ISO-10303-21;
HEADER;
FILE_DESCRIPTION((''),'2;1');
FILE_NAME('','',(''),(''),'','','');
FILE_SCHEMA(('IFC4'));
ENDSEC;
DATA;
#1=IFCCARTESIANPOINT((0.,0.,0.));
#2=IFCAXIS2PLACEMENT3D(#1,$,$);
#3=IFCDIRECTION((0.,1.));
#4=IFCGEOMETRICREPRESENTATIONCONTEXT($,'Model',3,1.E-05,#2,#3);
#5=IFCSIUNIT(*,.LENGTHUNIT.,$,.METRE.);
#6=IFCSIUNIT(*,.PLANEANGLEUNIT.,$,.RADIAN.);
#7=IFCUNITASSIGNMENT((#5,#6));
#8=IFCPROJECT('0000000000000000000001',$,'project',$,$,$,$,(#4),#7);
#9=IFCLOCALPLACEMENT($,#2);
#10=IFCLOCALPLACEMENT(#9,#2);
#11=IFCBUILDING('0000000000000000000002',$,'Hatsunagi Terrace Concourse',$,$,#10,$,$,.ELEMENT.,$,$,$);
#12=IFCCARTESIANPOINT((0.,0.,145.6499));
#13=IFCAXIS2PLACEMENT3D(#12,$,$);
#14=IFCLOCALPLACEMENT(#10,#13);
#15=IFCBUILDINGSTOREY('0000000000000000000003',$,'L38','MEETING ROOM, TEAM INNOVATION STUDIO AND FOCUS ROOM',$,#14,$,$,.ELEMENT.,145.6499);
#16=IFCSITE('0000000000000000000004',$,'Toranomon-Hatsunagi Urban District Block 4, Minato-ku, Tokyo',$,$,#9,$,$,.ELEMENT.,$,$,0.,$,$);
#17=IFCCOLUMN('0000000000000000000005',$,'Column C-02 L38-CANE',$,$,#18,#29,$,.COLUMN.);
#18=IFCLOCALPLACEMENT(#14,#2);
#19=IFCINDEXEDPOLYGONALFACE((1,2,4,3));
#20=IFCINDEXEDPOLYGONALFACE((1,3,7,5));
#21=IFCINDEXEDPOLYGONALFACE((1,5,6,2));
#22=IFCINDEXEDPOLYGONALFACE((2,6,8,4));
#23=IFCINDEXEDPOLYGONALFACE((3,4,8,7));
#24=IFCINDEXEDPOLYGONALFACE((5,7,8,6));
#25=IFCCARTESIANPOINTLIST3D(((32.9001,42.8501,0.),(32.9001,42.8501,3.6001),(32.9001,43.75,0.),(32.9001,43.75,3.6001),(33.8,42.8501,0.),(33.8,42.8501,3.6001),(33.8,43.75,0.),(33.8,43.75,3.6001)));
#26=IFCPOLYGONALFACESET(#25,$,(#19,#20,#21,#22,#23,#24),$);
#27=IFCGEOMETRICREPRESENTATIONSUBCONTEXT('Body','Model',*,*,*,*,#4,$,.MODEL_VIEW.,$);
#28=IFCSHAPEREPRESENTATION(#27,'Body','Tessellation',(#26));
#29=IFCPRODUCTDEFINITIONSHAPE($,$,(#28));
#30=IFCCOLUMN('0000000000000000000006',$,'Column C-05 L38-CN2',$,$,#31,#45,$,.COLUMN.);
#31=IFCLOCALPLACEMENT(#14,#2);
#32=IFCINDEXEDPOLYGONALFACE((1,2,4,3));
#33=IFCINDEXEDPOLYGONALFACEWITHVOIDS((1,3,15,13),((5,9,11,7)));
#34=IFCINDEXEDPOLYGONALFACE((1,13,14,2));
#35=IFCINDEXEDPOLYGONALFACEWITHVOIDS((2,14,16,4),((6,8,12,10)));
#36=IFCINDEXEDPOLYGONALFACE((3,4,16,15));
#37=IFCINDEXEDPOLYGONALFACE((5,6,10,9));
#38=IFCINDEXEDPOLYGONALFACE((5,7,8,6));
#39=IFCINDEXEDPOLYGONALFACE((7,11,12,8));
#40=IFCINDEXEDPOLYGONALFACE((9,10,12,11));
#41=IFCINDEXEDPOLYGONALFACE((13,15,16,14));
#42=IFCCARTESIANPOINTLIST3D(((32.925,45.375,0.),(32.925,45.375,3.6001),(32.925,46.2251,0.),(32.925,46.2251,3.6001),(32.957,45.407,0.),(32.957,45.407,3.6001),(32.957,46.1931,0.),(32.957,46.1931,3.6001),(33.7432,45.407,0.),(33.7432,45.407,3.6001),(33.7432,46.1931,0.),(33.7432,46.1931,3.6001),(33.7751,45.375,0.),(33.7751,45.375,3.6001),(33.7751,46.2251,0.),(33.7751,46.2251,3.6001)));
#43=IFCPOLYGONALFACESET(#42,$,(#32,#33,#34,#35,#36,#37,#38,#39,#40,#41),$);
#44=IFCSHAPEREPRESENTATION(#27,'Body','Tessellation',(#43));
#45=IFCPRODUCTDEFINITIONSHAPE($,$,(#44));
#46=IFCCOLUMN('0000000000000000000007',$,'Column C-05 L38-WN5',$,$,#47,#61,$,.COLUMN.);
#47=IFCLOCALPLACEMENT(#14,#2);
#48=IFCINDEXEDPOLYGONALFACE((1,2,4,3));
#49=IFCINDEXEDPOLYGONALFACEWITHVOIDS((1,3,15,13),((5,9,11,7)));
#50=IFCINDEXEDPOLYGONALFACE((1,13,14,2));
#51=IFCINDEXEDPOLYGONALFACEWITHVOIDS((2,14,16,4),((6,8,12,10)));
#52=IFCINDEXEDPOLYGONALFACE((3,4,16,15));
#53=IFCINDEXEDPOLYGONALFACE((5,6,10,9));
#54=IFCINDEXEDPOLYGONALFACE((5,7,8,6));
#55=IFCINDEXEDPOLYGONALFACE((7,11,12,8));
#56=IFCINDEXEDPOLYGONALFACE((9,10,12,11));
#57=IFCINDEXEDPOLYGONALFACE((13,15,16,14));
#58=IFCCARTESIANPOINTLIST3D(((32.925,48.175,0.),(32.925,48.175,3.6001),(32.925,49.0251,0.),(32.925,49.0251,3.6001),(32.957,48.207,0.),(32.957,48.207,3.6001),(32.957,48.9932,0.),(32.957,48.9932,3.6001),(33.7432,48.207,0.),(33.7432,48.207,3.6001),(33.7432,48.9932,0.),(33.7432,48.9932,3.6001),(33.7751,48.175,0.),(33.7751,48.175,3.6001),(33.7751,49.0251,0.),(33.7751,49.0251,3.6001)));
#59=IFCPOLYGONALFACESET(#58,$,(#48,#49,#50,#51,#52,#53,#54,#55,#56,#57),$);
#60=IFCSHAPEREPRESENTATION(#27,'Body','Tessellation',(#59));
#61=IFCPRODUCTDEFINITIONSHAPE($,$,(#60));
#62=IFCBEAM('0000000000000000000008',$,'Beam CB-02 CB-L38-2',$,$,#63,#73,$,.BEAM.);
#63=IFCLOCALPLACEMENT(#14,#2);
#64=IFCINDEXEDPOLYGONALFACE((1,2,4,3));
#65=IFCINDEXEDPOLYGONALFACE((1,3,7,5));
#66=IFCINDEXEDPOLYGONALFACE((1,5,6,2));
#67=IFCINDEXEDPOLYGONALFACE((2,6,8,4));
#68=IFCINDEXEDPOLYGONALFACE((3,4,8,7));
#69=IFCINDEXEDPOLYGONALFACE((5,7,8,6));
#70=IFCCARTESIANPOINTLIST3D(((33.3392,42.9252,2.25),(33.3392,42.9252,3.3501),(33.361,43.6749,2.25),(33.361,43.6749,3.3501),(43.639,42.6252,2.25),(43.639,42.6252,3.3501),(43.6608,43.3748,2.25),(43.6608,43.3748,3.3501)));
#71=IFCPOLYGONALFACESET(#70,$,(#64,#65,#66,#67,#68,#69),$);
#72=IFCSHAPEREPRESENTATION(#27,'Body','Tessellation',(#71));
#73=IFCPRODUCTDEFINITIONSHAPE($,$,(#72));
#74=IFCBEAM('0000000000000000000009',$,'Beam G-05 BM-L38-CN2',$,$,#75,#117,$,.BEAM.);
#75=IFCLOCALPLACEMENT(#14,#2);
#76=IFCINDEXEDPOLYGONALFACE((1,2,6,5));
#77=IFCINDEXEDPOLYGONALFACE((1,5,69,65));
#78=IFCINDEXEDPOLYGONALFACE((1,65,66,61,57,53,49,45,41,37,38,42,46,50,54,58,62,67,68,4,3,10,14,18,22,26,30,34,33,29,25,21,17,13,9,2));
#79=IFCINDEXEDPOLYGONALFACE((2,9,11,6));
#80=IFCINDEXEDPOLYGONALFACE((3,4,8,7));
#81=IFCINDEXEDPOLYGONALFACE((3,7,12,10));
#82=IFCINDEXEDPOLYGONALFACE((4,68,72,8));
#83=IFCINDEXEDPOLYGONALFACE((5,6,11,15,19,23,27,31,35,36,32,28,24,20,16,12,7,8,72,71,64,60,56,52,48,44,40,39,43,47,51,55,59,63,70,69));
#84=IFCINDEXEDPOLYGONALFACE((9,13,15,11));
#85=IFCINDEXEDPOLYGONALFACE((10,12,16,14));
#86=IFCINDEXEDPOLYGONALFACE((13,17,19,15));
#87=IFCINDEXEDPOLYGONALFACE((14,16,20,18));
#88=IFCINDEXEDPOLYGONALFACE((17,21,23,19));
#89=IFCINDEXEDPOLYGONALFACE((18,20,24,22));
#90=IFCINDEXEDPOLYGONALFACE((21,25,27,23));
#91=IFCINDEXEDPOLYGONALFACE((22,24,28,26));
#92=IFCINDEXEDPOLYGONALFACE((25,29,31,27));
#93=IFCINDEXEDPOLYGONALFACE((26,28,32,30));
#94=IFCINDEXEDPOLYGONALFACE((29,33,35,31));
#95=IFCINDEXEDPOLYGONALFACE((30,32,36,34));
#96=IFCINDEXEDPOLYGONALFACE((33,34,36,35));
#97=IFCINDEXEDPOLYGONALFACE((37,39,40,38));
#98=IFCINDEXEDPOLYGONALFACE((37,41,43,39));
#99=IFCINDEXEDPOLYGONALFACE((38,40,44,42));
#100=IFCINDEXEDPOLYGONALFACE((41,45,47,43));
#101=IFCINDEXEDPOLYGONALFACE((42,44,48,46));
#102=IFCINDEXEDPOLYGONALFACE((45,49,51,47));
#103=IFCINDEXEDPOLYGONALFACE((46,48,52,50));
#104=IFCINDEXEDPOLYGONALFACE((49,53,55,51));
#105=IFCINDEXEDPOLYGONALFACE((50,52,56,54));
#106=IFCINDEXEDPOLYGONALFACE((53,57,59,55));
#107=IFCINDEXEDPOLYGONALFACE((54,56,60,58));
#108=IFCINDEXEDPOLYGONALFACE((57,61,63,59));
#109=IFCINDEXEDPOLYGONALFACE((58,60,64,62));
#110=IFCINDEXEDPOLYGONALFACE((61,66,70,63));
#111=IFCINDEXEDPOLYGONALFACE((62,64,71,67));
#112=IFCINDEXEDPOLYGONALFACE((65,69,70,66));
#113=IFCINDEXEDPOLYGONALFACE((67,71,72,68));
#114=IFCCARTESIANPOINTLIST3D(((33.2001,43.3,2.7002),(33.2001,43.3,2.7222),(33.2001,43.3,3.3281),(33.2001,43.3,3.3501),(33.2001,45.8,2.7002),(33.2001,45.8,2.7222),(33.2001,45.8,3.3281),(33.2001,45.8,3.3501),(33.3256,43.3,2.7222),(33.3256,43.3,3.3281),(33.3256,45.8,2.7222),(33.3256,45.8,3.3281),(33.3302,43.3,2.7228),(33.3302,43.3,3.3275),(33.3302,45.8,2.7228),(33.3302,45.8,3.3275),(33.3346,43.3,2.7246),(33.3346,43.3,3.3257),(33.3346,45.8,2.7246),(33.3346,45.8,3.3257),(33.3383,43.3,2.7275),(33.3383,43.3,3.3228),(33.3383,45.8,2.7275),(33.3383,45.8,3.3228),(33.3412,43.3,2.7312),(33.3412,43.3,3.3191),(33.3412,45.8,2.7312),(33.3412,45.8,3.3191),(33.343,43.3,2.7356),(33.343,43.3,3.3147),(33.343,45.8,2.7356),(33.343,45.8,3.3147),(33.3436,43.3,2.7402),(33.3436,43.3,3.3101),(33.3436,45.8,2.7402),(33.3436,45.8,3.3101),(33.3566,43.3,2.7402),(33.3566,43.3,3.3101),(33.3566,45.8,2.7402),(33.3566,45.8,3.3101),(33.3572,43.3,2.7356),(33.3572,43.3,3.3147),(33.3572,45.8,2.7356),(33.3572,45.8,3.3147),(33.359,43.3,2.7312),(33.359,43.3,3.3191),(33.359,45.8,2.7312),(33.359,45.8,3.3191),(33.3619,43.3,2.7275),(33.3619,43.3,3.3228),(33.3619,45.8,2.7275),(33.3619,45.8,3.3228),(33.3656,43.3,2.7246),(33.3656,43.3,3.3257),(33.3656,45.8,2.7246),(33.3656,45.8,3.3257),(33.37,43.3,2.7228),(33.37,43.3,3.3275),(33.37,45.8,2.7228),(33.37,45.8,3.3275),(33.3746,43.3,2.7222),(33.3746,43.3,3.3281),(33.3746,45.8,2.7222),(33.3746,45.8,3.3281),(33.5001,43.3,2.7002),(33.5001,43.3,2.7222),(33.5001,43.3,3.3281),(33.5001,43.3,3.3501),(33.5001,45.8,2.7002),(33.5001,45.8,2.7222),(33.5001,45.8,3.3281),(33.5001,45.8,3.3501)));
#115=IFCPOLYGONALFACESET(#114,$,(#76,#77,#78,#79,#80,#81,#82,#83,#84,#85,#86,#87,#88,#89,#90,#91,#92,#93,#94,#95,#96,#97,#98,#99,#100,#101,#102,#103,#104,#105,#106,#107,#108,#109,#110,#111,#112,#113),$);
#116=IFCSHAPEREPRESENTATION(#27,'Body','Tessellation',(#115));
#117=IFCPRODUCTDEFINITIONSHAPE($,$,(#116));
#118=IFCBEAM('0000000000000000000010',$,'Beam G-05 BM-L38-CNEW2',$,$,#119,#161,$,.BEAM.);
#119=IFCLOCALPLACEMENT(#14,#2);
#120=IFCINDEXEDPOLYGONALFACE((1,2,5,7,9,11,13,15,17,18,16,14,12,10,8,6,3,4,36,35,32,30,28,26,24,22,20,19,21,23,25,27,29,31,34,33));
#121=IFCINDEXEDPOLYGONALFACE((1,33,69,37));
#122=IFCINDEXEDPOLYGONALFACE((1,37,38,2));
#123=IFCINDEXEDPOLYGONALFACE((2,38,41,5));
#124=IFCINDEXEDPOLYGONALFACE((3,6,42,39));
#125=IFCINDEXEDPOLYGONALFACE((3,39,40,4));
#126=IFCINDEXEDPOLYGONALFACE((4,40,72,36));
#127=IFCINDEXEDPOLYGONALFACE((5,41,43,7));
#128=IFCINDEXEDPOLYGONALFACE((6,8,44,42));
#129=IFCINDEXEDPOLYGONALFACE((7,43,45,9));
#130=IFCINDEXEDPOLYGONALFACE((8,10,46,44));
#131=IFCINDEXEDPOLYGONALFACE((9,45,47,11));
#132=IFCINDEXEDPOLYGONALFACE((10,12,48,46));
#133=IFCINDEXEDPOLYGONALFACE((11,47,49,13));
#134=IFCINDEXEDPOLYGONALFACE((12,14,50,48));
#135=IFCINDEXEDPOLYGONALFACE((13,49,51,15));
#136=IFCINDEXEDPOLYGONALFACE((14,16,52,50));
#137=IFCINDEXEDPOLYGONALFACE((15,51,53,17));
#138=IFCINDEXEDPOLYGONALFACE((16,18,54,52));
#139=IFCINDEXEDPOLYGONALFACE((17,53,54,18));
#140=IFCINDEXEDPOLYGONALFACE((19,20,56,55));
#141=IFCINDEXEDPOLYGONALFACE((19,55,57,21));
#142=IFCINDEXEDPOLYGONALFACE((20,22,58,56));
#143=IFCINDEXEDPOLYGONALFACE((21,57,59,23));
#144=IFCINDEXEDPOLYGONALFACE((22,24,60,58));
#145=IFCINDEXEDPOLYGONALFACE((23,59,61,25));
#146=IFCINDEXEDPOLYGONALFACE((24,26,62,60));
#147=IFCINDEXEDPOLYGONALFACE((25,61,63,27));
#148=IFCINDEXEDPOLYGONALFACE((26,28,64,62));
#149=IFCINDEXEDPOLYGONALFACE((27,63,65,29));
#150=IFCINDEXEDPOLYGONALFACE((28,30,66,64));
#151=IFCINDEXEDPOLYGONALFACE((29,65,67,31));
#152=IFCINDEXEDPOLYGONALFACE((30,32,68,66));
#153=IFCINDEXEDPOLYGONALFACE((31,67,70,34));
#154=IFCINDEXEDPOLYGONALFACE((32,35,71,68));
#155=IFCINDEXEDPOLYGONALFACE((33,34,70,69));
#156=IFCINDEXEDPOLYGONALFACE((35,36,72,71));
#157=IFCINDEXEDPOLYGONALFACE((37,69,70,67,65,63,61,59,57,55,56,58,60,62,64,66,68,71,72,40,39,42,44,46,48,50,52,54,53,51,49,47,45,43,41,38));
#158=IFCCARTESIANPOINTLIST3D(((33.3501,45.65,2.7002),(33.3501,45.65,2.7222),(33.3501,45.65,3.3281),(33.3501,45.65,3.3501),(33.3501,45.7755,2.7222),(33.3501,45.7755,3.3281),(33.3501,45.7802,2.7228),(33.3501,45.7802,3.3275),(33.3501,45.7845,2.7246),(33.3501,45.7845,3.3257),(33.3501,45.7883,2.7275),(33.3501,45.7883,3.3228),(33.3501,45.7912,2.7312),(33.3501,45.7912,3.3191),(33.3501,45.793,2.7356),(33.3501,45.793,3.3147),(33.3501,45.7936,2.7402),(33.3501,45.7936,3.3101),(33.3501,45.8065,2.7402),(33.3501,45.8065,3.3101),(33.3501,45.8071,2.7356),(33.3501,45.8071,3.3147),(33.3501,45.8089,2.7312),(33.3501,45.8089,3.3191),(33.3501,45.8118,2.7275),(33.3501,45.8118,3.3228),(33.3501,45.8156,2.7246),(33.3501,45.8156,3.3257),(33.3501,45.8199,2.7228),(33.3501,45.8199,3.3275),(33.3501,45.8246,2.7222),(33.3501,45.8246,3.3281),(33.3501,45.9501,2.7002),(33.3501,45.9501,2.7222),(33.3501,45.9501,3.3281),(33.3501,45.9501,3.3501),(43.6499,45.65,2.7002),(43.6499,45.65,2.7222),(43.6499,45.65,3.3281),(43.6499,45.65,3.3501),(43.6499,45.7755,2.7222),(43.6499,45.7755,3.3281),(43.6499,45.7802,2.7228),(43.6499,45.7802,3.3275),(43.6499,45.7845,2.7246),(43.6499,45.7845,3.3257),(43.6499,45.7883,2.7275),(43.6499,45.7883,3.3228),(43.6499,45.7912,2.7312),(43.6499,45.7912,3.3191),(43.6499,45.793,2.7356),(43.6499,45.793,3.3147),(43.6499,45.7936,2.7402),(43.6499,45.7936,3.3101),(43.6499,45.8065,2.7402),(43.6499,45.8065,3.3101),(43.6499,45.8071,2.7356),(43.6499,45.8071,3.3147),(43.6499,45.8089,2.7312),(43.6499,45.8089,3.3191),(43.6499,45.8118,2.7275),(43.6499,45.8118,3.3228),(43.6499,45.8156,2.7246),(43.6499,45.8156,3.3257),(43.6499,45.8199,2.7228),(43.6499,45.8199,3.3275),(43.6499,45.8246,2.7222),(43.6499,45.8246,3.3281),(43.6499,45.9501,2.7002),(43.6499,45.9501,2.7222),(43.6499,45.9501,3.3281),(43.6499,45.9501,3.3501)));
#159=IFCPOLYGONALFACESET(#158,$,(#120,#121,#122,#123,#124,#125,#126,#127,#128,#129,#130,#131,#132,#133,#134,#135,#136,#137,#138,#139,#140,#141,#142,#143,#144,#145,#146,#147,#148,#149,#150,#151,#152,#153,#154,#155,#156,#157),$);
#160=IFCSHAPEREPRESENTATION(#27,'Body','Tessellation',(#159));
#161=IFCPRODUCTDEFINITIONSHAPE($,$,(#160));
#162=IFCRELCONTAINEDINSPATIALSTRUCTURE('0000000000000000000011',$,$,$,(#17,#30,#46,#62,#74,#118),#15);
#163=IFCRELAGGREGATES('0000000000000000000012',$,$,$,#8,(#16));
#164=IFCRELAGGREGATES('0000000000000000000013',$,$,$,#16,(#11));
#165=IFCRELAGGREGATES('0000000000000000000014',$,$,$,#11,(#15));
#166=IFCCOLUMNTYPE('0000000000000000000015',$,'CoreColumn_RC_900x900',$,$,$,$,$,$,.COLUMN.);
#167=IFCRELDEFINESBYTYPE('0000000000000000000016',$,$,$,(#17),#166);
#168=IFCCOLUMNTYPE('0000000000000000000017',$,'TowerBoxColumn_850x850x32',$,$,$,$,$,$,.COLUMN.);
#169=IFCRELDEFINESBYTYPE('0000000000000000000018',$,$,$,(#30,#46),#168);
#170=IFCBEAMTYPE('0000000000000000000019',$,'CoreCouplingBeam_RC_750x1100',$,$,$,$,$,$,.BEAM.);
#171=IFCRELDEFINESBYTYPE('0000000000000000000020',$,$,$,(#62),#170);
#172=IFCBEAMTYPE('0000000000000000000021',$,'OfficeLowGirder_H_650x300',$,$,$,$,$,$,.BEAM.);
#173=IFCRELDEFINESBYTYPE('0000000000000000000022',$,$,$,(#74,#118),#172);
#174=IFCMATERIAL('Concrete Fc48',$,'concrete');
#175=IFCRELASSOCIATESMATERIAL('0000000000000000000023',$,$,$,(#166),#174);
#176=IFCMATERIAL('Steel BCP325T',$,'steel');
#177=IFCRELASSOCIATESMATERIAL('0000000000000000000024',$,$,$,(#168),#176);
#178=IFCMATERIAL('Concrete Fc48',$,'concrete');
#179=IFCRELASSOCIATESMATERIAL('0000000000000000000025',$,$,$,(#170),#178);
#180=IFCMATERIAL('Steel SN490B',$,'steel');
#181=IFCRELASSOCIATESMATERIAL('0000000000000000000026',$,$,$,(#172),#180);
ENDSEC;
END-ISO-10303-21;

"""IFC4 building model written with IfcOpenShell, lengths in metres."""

from ifc_helpers import new_model, si_unit, direction, frame, origin, origin_2d, place, context, subcontext, project, spatial, rectangle, hollow_rectangle, i_section, extrude, material, material_profile, profile_set, type_object, element, save


model = new_model("IFC4")

# Units and contexts
model_context = context("Model", 3, precision=1e-05, world=origin(), true_north=direction((0.0, 1.0)))
body_context = subcontext(model_context, "Body", "Model", "MODEL_VIEW")
ifc_project = project(units=[si_unit("LENGTHUNIT", "METRE"), si_unit("PLANEANGLEUNIT", "RADIAN")], contexts=[model_context])

# Site, building, storey
site_placement = place(None, origin())
site = spatial("IfcSite", under=ifc_project, at=site_placement, Name="Toranomon-Hatsunagi Urban District Block 4, Minato-ku, Tokyo", CompositionType="ELEMENT", RefElevation=0.0)
building_placement = place(site_placement, origin())
building = spatial("IfcBuilding", under=site, at=building_placement, Name="Hatsunagi Terrace Concourse", CompositionType="ELEMENT")
storey_placement = place(building_placement, frame((0.0, 0.0, 145.6499)))
storey = spatial("IfcBuildingStorey", under=building, at=storey_placement, Name="L38", Description="MEETING ROOM, TEAM INNOVATION STUDIO AND FOCUS ROOM", CompositionType="ELEMENT", Elevation=145.6499)

# Columns
ifc_material_1 = material(Name="Concrete Fc48", Category="concrete")
ifc_material_profile_1 = material_profile(ifc_material_1, rectangle(XDim=0.8999, YDim=0.8999, at=origin_2d()), Name="RC-900x900")
ifc_profile_set_1 = profile_set([ifc_material_profile_1], Name="Concrete Fc48")
column_type_1 = type_object("IfcColumnType", Name="CoreColumn_RC_900x900", PredefinedType="COLUMN", material=ifc_profile_set_1)
column_placement = place(storey_placement, frame((33.3501, 43.3, 0.0), z_axis=(0.0, 0.0, 1.0), x_axis=(1.0, 0.0, 0.0)))
element("IfcColumn", 1, at=column_placement, inside=storey, type_object=column_type_1, Name="Column C-02 L38-CANE", PredefinedType="COLUMN", context=body_context, shape_type="SweptSolid", body=[
    extrude(rectangle(XDim=0.8999, YDim=0.8999, at=origin_2d()), origin(), (0.0, 0.0, 1.0), 3.6001),
])
ifc_material_2 = material(Name="Steel BCP325T", Category="steel")
ifc_material_profile_2 = material_profile(ifc_material_2, hollow_rectangle(XDim=0.8501, YDim=0.8501, WallThickness=0.032, at=origin_2d()), Name="BCP-850x850x32")
ifc_profile_set_2 = profile_set([ifc_material_profile_2], Name="Steel BCP325T")
column_type_2 = type_object("IfcColumnType", Name="TowerBoxColumn_850x850x32", PredefinedType="COLUMN", material=ifc_profile_set_2)
for number, where, z_axis, x_axis, name in (
    (2, (33.3501, 45.8, 0.0), (0.0, 0.0, 1.0), (1.0, 0.0, 0.0), "Column C-05 L38-CN2"),
    (3, (33.3501, 48.6001, 0.0), (0.0, 0.0, 1.0), (1.0, 0.0, 0.0), "Column C-05 L38-WN5"),
):
    element("IfcColumn", number, at=place(storey_placement, frame(where, z_axis=z_axis, x_axis=x_axis)), inside=storey, type_object=column_type_2, Name=name, PredefinedType="COLUMN", context=body_context, shape_type="SweptSolid", body=[
        extrude(hollow_rectangle(XDim=0.8501, YDim=0.8501, WallThickness=0.032, at=origin_2d()), origin(), (0.0, 0.0, 1.0), 3.6001),
    ])

# Beams
ifc_material_3 = material(Name="Concrete Fc48", Category="concrete")
ifc_material_profile_3 = material_profile(ifc_material_3, rectangle(XDim=0.75, YDim=1.1001, at=origin_2d()), Name="RC-750x1100")
ifc_profile_set_3 = profile_set([ifc_material_profile_3], Name="Concrete Fc48")
beam_type_1 = type_object("IfcBeamType", Name="CoreCouplingBeam_RC_750x1100", PredefinedType="BEAM", material=ifc_profile_set_3)
beam_1_placement = place(storey_placement, frame((33.3501, 43.3, 2.8), z_axis=(0.999576, -0.029119, 0.0), x_axis=(0.029119, 0.999576, 0.0)))
element("IfcBeam", 4, at=beam_1_placement, inside=storey, type_object=beam_type_1, Name="Beam CB-02 CB-L38-2", PredefinedType="BEAM", context=body_context, shape_type="SweptSolid", body=[
    extrude(rectangle(XDim=0.75, YDim=1.1001, at=origin_2d()), origin(), (0.0, 0.0, 1.0), 10.3042),
])
ifc_material_4 = material(Name="Steel SN490B", Category="steel")
ifc_material_profile_4 = material_profile(ifc_material_4, i_section(OverallWidth=0.3, OverallDepth=0.6499, WebThickness=0.0129, FlangeThickness=0.022, FilletRadius=0.0181, at=origin_2d()), Name="H-650x300x13x22")
ifc_profile_set_4 = profile_set([ifc_material_profile_4], Name="Steel SN490B")
beam_type_2 = type_object("IfcBeamType", Name="OfficeLowGirder_H_650x300", PredefinedType="BEAM", material=ifc_profile_set_4)
beam_2_placement = place(storey_placement, frame((33.3501, 43.3, 3.0251), z_axis=(0.0, 1.0, 0.0), x_axis=(-1.0, 0.0, 0.0)))
element("IfcBeam", 5, at=beam_2_placement, inside=storey, type_object=beam_type_2, Name="Beam G-05 BM-L38-CN2", PredefinedType="BEAM", context=body_context, shape_type="SweptSolid", body=[
    extrude(i_section(OverallWidth=0.3, OverallDepth=0.6499, WebThickness=0.0129, FlangeThickness=0.022, FilletRadius=0.0181, at=origin_2d()), origin(), (0.0, 0.0, 1.0), 2.5),
])
beam_3_placement = place(storey_placement, frame((33.3501, 45.8, 3.0251), z_axis=(1.0, 0.0, 0.0), x_axis=(0.0, 1.0, 0.0)))
element("IfcBeam", 6, at=beam_3_placement, inside=storey, type_object=beam_type_2, Name="Beam G-05 BM-L38-CNEW2", PredefinedType="BEAM", context=body_context, shape_type="SweptSolid", body=[
    extrude(i_section(OverallWidth=0.3, OverallDepth=0.6499, WebThickness=0.0129, FlangeThickness=0.022, FilletRadius=0.0181, at=origin_2d()), origin(), (0.0, 0.0, 1.0), 10.2998),
])

save(model, "model.ifc")
